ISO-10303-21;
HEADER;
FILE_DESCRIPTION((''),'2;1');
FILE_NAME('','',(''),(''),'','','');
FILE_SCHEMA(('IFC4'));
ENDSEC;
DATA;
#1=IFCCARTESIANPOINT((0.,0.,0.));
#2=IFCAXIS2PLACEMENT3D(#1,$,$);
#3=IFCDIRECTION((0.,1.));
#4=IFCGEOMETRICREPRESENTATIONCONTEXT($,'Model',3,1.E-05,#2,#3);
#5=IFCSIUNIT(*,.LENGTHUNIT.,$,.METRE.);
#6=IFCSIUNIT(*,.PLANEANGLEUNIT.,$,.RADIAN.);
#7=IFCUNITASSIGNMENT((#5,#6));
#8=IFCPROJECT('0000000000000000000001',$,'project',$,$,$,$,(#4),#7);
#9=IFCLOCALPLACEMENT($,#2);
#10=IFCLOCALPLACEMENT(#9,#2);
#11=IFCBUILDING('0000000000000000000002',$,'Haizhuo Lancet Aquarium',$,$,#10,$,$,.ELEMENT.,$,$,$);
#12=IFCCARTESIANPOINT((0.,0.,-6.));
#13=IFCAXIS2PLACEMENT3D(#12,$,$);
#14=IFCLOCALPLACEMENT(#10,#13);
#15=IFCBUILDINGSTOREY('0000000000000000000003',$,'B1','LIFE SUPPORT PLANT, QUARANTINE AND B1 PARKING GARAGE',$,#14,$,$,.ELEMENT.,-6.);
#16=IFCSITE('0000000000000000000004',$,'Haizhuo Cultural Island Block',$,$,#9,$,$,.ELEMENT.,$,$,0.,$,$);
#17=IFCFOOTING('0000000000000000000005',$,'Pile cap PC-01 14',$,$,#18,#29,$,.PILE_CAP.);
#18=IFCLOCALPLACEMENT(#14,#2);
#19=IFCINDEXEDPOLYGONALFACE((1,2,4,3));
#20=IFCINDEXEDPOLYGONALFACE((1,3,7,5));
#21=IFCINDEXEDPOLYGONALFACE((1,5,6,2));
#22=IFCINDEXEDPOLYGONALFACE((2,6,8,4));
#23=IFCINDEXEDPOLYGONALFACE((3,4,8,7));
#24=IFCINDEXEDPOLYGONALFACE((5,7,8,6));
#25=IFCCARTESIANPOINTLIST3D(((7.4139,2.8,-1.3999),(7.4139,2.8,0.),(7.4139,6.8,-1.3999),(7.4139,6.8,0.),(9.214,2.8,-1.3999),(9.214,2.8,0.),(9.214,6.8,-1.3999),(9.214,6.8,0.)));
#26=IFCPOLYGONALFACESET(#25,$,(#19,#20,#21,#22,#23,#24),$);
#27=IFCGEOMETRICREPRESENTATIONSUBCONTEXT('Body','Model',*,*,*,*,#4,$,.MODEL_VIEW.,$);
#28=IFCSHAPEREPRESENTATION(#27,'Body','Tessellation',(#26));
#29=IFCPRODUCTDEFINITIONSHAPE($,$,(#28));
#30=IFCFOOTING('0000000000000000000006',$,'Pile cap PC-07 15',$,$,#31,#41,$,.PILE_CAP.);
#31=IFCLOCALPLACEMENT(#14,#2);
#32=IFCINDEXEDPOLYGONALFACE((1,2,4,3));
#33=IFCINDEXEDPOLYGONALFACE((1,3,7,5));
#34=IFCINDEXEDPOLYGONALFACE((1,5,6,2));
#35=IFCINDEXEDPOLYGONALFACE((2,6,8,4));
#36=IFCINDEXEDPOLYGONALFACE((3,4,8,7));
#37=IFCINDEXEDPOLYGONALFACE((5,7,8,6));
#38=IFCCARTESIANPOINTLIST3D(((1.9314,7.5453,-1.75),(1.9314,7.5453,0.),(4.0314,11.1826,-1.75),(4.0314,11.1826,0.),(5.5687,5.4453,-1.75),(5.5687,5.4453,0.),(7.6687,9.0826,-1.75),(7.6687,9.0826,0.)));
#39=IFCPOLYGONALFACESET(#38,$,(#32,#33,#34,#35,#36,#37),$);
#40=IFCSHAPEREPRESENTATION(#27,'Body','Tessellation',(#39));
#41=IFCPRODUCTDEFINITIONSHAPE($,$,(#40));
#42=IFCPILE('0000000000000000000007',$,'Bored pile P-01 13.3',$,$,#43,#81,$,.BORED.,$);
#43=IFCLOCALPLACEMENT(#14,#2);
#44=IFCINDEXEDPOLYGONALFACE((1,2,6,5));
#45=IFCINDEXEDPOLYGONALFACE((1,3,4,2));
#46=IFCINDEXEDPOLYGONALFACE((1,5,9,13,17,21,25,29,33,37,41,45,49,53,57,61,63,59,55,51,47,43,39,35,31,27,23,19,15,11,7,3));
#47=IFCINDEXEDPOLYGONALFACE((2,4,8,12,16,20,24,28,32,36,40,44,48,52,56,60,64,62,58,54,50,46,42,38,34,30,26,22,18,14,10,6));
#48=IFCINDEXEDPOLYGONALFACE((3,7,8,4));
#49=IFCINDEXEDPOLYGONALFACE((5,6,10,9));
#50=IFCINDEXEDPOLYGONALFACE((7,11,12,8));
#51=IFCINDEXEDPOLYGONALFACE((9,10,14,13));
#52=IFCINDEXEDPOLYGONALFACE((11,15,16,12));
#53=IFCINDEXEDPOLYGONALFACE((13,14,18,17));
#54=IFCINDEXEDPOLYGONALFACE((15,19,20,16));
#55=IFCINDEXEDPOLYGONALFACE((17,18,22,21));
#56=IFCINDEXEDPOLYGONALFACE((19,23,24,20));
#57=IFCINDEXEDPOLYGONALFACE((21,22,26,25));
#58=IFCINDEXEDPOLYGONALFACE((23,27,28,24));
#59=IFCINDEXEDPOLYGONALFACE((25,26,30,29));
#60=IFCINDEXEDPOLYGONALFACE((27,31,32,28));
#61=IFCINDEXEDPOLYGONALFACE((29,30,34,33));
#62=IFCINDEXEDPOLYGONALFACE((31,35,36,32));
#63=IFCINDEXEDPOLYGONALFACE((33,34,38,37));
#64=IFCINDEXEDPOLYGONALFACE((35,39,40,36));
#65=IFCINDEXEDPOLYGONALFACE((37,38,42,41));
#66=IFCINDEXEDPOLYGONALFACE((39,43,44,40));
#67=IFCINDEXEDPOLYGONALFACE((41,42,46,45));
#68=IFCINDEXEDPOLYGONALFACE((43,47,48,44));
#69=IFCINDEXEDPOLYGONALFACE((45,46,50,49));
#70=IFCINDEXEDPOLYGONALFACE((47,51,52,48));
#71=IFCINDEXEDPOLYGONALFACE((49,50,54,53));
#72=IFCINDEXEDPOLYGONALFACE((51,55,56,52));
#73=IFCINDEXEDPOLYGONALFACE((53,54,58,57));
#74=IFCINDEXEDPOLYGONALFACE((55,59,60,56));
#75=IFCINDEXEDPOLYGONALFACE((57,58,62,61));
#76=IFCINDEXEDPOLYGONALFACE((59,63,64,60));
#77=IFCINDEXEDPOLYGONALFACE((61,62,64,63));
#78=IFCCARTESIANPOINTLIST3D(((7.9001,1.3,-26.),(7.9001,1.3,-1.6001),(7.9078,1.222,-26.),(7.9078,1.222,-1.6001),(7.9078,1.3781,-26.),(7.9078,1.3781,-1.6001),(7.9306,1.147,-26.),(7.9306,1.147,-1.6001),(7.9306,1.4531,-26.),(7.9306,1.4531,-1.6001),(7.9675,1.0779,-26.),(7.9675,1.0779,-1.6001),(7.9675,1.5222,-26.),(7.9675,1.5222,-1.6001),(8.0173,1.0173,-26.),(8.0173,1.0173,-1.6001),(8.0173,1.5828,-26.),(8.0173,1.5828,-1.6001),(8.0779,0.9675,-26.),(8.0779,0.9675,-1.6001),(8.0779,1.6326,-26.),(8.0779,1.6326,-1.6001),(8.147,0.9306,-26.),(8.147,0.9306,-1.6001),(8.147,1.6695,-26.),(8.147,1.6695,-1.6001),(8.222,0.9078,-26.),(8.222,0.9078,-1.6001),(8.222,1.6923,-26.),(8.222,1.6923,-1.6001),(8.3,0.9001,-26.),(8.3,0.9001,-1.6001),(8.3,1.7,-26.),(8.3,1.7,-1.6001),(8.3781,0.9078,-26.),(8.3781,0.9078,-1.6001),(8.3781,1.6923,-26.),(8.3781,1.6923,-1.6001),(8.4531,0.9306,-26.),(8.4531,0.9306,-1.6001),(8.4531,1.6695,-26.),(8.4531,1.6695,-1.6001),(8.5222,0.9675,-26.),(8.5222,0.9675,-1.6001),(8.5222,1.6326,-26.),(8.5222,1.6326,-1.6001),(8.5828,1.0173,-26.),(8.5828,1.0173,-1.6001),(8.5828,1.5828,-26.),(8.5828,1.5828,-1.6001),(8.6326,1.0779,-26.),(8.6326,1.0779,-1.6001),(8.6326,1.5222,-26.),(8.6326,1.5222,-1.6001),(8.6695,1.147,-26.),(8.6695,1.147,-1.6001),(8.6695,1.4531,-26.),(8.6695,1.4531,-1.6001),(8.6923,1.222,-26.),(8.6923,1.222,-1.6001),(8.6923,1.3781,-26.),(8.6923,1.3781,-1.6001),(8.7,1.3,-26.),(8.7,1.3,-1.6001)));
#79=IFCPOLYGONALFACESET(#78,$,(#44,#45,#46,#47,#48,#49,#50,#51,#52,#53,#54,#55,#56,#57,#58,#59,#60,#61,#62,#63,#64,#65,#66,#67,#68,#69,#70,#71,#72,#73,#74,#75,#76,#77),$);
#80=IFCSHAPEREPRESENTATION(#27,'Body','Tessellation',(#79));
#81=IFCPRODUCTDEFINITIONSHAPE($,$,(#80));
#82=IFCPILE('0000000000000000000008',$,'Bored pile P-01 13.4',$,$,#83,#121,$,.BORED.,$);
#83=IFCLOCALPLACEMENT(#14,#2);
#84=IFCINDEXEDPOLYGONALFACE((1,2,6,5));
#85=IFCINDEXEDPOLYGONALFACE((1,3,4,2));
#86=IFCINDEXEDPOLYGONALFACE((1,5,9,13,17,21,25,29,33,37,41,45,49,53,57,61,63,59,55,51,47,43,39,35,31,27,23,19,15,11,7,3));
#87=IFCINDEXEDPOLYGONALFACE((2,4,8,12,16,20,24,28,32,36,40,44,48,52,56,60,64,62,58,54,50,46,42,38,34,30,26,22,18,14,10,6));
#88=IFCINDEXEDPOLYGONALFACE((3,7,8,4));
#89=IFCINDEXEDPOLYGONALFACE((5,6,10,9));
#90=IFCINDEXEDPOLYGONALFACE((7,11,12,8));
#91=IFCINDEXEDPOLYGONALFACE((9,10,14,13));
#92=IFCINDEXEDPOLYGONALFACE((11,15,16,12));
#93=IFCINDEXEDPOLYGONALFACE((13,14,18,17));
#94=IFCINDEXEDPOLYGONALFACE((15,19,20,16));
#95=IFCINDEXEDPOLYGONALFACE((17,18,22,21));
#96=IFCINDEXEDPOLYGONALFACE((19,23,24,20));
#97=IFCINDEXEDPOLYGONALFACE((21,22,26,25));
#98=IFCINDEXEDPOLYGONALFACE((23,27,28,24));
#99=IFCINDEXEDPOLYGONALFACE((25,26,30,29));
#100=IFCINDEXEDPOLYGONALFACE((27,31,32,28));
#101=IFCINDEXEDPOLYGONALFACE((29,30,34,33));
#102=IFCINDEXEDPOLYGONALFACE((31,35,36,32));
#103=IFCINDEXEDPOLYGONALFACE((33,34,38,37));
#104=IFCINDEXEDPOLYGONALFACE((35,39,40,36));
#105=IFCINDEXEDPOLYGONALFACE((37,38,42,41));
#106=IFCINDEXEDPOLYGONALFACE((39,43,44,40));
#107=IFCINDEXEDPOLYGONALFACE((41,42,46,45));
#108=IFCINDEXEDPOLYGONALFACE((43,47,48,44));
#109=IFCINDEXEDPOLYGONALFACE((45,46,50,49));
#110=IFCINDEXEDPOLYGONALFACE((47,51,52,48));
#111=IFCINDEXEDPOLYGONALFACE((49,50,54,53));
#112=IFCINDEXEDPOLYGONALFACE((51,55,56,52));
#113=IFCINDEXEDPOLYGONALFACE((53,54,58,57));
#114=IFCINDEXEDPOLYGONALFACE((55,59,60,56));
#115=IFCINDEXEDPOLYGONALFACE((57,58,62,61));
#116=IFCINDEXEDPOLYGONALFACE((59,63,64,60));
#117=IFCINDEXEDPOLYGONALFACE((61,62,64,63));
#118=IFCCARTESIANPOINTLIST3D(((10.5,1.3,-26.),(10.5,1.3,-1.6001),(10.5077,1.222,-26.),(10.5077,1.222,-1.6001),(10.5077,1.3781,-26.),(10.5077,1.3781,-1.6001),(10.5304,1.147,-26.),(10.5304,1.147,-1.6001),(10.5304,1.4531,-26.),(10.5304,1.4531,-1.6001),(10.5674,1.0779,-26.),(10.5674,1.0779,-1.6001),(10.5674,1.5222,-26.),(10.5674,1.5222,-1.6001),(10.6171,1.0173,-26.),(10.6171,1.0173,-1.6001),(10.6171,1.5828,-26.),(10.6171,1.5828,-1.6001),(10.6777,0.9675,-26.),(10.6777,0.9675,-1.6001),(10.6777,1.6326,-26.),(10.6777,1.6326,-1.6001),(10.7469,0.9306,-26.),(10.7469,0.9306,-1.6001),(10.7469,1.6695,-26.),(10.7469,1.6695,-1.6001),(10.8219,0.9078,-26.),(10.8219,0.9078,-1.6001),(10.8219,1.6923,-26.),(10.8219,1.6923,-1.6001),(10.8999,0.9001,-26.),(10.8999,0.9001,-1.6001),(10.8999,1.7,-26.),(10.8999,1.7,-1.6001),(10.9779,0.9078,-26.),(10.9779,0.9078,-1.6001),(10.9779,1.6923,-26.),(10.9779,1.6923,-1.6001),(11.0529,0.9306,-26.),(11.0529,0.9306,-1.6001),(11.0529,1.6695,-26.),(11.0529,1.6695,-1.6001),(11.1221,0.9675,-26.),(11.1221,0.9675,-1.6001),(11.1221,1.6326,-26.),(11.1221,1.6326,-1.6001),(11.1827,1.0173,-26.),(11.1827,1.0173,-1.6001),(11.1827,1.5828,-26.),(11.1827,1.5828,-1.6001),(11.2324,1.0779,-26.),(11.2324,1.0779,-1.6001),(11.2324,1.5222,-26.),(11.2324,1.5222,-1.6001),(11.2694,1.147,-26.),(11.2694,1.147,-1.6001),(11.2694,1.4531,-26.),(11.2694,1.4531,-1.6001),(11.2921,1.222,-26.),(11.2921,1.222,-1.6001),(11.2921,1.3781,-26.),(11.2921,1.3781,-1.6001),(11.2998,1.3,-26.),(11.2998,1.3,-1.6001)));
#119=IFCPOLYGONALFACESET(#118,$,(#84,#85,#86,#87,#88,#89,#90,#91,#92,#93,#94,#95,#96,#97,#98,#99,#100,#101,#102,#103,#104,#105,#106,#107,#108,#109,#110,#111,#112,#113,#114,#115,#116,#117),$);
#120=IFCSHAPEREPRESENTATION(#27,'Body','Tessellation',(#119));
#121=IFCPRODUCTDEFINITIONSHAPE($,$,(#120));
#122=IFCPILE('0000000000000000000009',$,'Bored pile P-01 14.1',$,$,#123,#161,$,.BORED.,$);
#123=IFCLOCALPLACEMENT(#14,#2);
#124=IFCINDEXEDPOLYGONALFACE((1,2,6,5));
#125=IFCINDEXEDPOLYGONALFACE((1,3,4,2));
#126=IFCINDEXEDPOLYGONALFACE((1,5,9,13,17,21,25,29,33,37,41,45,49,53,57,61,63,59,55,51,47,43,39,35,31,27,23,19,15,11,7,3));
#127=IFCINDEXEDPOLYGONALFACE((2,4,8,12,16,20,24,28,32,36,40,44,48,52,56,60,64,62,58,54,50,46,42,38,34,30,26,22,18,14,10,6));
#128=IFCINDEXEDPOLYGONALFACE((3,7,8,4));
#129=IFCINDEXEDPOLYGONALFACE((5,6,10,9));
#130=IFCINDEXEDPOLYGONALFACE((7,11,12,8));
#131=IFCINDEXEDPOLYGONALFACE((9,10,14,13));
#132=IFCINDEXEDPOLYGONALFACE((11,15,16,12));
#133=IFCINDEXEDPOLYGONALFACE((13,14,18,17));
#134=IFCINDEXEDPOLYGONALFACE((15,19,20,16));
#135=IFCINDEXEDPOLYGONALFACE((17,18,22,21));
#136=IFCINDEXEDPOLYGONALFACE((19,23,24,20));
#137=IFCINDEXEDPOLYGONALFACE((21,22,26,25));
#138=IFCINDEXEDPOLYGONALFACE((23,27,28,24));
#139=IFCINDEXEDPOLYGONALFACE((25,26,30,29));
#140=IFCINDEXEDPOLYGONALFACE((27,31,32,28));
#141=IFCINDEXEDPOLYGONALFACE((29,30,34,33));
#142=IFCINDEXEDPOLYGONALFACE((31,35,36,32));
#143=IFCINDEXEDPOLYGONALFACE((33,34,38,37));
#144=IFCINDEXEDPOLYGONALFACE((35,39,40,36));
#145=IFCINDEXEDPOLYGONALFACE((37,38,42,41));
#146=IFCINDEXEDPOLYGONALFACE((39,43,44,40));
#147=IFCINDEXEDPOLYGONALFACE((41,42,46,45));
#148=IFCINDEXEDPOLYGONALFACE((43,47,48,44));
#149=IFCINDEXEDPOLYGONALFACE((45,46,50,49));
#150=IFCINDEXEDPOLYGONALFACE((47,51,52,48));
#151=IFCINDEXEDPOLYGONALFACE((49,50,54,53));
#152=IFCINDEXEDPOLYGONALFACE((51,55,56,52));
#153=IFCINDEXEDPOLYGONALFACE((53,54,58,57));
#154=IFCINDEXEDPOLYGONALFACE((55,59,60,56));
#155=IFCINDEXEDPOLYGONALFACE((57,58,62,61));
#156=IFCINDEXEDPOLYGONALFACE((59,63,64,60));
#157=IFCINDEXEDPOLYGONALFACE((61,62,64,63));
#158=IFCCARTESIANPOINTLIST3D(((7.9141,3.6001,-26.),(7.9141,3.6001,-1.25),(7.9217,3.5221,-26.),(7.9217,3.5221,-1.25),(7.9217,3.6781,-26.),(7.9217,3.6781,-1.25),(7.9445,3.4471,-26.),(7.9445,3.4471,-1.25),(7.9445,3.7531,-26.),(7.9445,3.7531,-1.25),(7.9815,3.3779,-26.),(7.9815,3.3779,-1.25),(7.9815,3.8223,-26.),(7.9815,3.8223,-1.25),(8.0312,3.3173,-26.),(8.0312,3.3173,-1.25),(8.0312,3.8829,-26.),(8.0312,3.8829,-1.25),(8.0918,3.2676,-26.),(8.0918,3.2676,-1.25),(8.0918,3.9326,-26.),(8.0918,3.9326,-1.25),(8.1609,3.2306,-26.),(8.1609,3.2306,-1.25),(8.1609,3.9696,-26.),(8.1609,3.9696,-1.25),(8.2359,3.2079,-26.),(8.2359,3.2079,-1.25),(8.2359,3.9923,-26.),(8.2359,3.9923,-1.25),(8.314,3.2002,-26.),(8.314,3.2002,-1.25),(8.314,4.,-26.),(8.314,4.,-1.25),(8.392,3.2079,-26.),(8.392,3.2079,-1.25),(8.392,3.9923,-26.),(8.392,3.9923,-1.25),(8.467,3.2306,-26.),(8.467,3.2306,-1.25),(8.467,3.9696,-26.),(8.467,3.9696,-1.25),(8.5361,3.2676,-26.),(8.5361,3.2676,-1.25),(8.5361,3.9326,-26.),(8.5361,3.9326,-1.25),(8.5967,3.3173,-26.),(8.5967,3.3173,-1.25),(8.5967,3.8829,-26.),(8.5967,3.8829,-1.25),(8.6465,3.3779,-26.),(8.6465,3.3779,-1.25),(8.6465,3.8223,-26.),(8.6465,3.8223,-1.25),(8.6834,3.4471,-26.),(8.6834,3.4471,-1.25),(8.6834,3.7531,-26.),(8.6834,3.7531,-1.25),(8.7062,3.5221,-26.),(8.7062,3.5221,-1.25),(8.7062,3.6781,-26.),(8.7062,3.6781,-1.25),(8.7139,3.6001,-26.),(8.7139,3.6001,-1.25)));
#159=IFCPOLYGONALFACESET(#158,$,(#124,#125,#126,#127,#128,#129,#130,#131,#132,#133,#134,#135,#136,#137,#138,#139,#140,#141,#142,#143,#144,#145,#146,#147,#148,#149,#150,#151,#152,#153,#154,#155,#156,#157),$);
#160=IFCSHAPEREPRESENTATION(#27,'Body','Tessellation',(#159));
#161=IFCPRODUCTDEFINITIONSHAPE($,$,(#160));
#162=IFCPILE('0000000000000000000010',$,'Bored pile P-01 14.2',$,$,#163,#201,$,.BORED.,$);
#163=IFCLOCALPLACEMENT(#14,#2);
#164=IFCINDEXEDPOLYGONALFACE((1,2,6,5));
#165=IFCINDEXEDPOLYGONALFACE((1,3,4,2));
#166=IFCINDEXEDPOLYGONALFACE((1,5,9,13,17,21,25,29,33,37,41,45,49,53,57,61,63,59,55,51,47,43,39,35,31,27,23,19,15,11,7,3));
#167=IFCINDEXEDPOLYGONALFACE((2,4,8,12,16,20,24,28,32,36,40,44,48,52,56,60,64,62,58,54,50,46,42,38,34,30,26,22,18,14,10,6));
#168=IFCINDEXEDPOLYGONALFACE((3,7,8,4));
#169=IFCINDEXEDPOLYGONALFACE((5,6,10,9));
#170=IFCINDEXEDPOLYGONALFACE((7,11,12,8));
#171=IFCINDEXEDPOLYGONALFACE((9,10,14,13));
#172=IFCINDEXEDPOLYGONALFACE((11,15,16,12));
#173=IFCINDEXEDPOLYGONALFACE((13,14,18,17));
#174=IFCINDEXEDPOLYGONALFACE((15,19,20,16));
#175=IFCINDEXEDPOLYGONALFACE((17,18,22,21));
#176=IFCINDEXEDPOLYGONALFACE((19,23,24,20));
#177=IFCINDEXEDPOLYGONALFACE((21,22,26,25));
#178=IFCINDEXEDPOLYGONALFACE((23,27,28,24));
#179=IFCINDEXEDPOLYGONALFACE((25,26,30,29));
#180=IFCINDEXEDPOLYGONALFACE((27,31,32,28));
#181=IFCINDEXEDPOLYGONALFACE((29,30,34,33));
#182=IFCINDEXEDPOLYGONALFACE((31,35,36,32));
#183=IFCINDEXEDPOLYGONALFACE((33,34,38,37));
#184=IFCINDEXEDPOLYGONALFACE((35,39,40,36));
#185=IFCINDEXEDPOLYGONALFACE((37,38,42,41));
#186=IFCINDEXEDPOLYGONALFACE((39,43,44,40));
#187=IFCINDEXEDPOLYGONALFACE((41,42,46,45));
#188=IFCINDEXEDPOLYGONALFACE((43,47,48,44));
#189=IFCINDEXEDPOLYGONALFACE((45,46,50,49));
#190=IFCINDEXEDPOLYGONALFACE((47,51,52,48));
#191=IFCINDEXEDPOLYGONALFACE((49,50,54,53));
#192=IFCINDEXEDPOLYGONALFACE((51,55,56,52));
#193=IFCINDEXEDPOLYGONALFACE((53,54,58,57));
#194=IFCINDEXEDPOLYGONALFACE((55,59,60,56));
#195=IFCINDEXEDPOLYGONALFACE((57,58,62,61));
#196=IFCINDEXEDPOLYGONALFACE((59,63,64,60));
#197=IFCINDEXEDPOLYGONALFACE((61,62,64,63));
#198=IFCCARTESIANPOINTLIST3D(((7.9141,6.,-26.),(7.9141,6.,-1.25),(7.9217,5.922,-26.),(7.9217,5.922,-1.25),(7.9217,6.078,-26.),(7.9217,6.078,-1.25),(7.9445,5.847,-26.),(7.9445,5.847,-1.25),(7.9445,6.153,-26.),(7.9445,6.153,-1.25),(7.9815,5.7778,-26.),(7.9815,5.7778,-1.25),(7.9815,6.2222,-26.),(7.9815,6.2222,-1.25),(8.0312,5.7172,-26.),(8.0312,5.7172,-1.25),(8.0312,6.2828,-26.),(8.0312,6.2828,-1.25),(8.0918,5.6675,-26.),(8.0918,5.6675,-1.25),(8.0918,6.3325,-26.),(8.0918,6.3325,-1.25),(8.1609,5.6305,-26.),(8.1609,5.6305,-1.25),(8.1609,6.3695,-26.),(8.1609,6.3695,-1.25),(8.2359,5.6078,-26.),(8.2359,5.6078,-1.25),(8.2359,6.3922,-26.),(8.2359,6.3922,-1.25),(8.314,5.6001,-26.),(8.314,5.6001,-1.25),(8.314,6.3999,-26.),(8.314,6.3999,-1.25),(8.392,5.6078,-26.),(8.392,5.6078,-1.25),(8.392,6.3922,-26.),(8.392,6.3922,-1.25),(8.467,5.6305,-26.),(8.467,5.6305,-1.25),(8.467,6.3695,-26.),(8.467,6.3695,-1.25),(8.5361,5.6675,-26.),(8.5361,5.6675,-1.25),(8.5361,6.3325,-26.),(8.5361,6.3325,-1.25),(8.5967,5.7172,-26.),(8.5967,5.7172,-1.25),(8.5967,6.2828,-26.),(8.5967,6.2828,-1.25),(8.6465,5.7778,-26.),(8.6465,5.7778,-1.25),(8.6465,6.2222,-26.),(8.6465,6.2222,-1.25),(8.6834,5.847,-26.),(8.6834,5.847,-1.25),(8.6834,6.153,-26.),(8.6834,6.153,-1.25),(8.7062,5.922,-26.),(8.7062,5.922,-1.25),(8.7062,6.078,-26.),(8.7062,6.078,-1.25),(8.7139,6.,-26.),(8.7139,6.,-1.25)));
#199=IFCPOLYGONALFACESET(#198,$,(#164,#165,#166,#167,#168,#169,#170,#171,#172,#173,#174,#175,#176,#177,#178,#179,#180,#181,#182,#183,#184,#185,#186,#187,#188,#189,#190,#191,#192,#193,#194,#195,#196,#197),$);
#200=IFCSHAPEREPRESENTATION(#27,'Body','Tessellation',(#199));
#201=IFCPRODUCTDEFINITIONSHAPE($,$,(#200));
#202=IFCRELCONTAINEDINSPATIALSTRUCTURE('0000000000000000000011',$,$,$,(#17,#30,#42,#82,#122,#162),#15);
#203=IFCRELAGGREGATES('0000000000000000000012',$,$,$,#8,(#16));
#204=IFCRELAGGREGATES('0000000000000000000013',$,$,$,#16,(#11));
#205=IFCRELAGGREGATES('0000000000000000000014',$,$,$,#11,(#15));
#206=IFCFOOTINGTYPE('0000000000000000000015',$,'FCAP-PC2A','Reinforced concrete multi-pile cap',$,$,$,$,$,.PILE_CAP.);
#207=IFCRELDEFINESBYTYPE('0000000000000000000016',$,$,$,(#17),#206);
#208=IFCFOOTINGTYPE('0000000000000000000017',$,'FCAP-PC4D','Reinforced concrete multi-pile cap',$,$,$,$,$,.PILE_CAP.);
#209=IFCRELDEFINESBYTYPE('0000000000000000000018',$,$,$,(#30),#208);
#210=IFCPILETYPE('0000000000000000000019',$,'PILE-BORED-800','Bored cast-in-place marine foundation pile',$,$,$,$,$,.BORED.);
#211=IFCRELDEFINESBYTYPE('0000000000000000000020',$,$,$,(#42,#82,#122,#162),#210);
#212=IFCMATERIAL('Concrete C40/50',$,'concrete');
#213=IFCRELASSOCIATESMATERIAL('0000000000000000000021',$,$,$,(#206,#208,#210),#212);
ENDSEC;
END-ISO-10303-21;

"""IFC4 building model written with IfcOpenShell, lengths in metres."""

from ifc_helpers import new_model, si_unit, direction, frame, origin, origin_2d, place, context, subcontext, project, spatial, rectangle, circle, extrude, material, material_profile, profile_set, type_object, element, save


model = new_model("IFC4")

# Units and contexts
model_context = context("Model", 3, precision=1e-05, world=origin(), true_north=direction((0.0, 1.0)))
body_context = subcontext(model_context, "Body", "Model", "MODEL_VIEW")
ifc_project = project(units=[si_unit("LENGTHUNIT", "METRE"), si_unit("PLANEANGLEUNIT", "RADIAN")], contexts=[model_context])

# Site, building, storey
site_placement = place(None, origin())
site = spatial("IfcSite", under=ifc_project, at=site_placement, Name="Haizhuo Cultural Island Block", CompositionType="ELEMENT", RefElevation=0.0)
building_placement = place(site_placement, origin())
building = spatial("IfcBuilding", under=site, at=building_placement, Name="Haizhuo Lancet Aquarium", CompositionType="ELEMENT")
storey_placement = place(building_placement, frame((0.0, 0.0, -6.0)))
storey = spatial("IfcBuildingStorey", under=building, at=storey_placement, Name="B1", Description="LIFE SUPPORT PLANT, QUARANTINE AND B1 PARKING GARAGE", CompositionType="ELEMENT", Elevation=-6.0)

# Footings
ifc_material_1 = material(Name="Concrete C40/50", Category="concrete")
footing_type_1 = type_object("IfcFootingType", Name="FCAP-PC2A", Description="Reinforced concrete multi-pile cap", PredefinedType="PILE_CAP", material=ifc_material_1)
footing_1_placement = place(storey_placement, frame((8.314, 4.8, -1.3999), z_axis=(0.0, 0.0, 1.0), x_axis=(1.0, 0.0, 0.0)))
element("IfcFooting", 1, at=footing_1_placement, inside=storey, type_object=footing_type_1, Name="Pile cap PC-01 14", PredefinedType="PILE_CAP", context=body_context, shape_type="SweptSolid", body=[
    extrude(rectangle(XDim=1.8, YDim=4.0, at=origin_2d()), origin(), (0.0, 0.0, 1.0), 1.3999),
])
footing_type_2 = type_object("IfcFootingType", Name="FCAP-PC4D", Description="Reinforced concrete multi-pile cap", PredefinedType="PILE_CAP", material=ifc_material_1)
footing_2_placement = place(storey_placement, frame((4.8, 8.314, -1.75), z_axis=(0.0, 0.0, 1.0), x_axis=(0.5, 0.866025, 0.0)))
element("IfcFooting", 2, at=footing_2_placement, inside=storey, type_object=footing_type_2, Name="Pile cap PC-07 15", PredefinedType="PILE_CAP", context=body_context, shape_type="SweptSolid", body=[
    extrude(rectangle(XDim=4.2, YDim=4.2, at=origin_2d()), origin(), (0.0, 0.0, 1.0), 1.75),
])

# Piles
ifc_material_profile_1 = material_profile(ifc_material_1, circle(Radius=0.3999, at=origin_2d()), Name="PILE-800")
ifc_profile_set_1 = profile_set([ifc_material_profile_1], Name="Concrete C40/50")
pile_type = type_object("IfcPileType", Name="PILE-BORED-800", Description="Bored cast-in-place marine foundation pile", PredefinedType="BORED", material=ifc_profile_set_1)
for number, where, z_axis, x_axis, name in (
    (3, (8.3, 1.3, -1.6001), (0.0, 0.0, -1.0), (1.0, 0.0, 0.0), "Bored pile P-01 13.3"),
    (4, (10.8999, 1.3, -1.6001), (0.0, 0.0, -1.0), (1.0, 0.0, 0.0), "Bored pile P-01 13.4"),
):
    element("IfcPile", number, at=place(storey_placement, frame(where, z_axis=z_axis, x_axis=x_axis)), inside=storey, type_object=pile_type, Name=name, PredefinedType="BORED", context=body_context, shape_type="SweptSolid", body=[
        extrude(circle(Radius=0.3999, at=origin_2d()), origin(), (0.0, 0.0, 1.0), 24.3999),
    ])
for number, where, z_axis, x_axis, name in (
    (5, (8.314, 3.6001, -1.25), (0.0, 0.0, -1.0), (1.0, 0.0, 0.0), "Bored pile P-01 14.1"),
    (6, (8.314, 6.0, -1.25), (0.0, 0.0, -1.0), (1.0, 0.0, 0.0), "Bored pile P-01 14.2"),
):
    element("IfcPile", number, at=place(storey_placement, frame(where, z_axis=z_axis, x_axis=x_axis)), inside=storey, type_object=pile_type, Name=name, PredefinedType="BORED", context=body_context, shape_type="SweptSolid", body=[
        extrude(circle(Radius=0.3999, at=origin_2d()), origin(), (0.0, 0.0, 1.0), 24.75),
    ])

save(model, "model.ifc")
